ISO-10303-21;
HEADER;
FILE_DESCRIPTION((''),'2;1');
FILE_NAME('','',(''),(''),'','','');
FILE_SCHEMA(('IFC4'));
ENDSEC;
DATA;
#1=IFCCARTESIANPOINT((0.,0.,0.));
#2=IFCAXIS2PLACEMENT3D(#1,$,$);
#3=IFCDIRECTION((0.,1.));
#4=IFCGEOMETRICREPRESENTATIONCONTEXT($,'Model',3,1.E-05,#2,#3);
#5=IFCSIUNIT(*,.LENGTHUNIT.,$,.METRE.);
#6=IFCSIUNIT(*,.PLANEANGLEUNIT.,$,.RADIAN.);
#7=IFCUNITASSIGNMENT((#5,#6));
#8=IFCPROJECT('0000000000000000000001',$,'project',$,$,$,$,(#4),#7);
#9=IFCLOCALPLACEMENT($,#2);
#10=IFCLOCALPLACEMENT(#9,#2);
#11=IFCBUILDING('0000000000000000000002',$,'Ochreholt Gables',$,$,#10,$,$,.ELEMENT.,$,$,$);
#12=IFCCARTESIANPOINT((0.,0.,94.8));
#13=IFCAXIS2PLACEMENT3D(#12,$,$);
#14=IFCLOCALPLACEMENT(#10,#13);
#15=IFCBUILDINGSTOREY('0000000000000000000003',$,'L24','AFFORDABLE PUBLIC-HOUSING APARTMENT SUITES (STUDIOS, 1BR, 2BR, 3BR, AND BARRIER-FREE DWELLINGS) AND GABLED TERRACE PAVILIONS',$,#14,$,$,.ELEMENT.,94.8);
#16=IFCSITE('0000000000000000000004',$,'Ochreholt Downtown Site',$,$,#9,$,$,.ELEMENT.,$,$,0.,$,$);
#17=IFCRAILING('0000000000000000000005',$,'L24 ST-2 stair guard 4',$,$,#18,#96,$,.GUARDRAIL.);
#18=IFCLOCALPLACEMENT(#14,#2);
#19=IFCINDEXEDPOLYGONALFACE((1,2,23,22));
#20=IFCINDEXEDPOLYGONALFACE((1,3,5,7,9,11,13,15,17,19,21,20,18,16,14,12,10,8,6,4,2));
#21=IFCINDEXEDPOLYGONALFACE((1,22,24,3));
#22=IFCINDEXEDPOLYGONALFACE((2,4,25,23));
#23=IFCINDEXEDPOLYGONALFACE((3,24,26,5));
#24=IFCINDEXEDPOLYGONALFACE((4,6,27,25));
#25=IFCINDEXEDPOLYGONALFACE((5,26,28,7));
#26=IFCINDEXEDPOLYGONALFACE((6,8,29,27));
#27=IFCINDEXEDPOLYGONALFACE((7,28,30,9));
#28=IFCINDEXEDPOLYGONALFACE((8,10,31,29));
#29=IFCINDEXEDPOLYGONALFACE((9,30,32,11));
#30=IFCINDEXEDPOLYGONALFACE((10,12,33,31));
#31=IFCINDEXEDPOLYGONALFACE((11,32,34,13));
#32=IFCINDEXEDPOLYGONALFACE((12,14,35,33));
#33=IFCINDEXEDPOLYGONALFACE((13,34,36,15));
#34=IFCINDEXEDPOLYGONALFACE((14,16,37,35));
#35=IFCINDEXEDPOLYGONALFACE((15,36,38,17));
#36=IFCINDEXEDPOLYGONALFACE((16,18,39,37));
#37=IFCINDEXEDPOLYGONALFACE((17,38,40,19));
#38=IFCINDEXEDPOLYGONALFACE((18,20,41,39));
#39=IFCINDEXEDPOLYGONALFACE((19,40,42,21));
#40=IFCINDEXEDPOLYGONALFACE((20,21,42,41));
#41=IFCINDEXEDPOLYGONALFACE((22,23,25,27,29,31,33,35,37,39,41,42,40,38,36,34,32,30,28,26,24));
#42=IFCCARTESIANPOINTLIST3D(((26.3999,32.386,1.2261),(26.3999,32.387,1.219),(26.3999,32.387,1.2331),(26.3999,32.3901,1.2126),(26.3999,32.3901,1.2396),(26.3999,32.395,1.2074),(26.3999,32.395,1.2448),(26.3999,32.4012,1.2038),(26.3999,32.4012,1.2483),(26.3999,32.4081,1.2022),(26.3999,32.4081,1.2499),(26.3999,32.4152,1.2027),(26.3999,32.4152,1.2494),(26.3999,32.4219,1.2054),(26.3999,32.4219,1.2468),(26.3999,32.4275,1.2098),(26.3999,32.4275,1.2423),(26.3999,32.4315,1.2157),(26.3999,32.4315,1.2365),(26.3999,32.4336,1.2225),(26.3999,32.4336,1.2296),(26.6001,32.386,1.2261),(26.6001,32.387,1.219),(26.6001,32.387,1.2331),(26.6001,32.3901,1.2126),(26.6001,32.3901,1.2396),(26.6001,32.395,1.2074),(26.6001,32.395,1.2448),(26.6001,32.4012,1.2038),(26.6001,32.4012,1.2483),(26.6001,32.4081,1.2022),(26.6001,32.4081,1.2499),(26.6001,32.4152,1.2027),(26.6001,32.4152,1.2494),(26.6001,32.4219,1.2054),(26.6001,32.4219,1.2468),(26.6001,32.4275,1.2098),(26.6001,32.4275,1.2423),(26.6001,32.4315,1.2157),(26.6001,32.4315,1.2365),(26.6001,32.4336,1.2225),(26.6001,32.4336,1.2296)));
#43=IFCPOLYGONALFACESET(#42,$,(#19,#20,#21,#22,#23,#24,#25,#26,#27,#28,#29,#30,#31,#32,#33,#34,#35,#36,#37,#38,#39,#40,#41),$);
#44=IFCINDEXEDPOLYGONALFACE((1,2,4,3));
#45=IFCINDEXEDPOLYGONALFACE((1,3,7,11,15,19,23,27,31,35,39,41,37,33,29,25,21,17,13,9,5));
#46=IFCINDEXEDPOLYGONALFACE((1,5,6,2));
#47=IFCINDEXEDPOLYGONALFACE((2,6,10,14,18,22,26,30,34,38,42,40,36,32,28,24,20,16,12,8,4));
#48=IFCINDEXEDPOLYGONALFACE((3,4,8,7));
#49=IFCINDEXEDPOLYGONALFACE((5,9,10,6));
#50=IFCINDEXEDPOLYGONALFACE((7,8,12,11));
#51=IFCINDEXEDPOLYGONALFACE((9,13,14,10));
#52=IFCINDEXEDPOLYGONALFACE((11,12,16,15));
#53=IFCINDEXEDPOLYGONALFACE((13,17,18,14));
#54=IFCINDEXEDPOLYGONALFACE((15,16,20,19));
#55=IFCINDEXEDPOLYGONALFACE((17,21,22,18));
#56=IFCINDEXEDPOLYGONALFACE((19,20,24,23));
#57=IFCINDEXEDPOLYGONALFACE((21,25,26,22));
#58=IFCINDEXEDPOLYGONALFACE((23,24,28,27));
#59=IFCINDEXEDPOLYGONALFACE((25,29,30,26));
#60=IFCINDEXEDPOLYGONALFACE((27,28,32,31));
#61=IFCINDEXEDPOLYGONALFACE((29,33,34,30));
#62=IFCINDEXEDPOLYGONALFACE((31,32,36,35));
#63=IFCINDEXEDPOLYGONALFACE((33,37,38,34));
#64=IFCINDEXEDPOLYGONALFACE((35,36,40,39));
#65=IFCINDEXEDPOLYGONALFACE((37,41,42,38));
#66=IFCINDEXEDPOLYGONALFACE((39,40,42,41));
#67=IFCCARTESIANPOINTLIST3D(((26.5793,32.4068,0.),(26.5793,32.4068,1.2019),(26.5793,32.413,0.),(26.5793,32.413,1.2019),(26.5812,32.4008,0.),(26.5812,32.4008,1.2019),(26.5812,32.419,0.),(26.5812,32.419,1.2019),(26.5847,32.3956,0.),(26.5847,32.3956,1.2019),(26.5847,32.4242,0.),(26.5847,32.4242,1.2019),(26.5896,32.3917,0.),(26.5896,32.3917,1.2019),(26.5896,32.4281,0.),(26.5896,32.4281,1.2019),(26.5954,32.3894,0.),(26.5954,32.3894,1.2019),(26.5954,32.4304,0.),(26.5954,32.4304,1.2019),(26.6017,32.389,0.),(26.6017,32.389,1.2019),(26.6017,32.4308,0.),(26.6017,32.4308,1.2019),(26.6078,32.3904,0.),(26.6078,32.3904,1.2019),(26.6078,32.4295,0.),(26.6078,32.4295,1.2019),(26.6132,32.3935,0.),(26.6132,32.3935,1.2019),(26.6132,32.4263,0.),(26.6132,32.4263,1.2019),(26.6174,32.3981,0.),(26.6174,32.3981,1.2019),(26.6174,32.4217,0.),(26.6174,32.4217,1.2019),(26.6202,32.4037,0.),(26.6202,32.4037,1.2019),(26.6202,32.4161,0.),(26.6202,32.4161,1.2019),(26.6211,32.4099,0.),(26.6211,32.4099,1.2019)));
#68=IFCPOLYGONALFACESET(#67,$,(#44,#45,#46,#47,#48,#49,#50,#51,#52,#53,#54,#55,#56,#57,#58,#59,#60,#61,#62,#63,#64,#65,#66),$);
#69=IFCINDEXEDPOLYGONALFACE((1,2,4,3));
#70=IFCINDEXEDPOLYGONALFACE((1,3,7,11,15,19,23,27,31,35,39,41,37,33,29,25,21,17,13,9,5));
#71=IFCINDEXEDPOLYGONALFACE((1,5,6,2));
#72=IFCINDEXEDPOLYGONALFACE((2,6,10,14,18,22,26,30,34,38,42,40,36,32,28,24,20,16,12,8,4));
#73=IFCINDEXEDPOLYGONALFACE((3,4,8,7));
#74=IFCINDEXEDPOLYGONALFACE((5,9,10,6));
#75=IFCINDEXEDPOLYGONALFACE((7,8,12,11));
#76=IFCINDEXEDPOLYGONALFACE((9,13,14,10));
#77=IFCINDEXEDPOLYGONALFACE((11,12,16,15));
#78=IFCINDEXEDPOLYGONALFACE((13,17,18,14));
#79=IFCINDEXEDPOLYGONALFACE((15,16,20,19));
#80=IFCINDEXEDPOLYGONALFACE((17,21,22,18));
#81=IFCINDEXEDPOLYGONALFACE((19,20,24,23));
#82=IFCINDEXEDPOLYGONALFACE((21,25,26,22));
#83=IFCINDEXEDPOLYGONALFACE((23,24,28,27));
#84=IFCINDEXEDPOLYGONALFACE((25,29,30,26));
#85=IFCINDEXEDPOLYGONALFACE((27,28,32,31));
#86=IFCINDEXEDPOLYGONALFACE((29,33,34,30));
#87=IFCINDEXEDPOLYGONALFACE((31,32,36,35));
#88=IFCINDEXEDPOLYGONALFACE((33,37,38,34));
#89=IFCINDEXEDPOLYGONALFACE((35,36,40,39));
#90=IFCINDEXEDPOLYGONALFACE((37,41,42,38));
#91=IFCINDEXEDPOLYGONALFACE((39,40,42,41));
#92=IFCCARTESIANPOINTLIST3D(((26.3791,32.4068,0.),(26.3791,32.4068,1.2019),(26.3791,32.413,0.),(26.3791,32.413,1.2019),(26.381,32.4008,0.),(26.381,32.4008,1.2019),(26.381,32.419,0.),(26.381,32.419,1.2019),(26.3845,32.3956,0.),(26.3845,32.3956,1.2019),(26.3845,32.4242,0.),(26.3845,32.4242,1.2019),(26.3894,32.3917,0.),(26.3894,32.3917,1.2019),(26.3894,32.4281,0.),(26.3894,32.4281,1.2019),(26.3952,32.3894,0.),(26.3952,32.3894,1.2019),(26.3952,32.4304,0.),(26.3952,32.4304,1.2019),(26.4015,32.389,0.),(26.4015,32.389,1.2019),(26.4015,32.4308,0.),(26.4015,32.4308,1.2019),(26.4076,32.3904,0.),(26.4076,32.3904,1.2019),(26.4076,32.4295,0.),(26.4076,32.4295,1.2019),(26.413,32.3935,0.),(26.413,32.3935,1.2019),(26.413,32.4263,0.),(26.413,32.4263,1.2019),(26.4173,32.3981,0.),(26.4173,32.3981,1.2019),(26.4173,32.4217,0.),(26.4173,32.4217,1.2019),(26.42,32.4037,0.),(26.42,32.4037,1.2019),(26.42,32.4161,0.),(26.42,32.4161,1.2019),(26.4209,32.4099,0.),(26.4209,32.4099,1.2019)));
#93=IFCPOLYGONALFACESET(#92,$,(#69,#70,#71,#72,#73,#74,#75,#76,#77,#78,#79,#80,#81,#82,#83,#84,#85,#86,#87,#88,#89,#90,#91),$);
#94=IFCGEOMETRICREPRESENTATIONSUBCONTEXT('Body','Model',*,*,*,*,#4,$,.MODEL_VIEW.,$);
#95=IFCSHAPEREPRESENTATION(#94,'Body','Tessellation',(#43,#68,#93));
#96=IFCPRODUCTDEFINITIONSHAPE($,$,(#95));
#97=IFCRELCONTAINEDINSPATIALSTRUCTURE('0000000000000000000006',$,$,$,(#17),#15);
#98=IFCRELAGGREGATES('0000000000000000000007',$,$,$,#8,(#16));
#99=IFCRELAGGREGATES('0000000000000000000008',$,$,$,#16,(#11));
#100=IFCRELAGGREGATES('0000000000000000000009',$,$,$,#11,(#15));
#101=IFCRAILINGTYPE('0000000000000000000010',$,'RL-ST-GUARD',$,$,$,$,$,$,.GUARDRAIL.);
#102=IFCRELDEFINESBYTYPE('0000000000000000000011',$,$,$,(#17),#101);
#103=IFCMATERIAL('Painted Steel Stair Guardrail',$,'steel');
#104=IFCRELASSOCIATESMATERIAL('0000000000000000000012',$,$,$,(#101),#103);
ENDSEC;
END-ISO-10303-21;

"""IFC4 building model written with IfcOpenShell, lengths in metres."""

from ifc_helpers import new_model, si_unit, direction, frame, origin, origin_2d, place, context, subcontext, project, spatial, circle, extrude, material, type_object, element, save


model = new_model("IFC4")

# Units and contexts
model_context = context("Model", 3, precision=1e-05, world=origin(), true_north=direction((0.0, 1.0)))
body_context = subcontext(model_context, "Body", "Model", "MODEL_VIEW")
ifc_project = project(units=[si_unit("LENGTHUNIT", "METRE"), si_unit("PLANEANGLEUNIT", "RADIAN")], contexts=[model_context])

# Site, building, storey
site_placement = place(None, origin())
site = spatial("IfcSite", under=ifc_project, at=site_placement, Name="Ochreholt Downtown Site", CompositionType="ELEMENT", RefElevation=0.0)
building_placement = place(site_placement, origin())
building = spatial("IfcBuilding", under=site, at=building_placement, Name="Ochreholt Gables", CompositionType="ELEMENT")
storey_placement = place(building_placement, frame((0.0, 0.0, 94.8)))
storey = spatial("IfcBuildingStorey", under=building, at=storey_placement, Name="L24", Description="AFFORDABLE PUBLIC-HOUSING APARTMENT SUITES (STUDIOS, 1BR, 2BR, 3BR, AND BARRIER-FREE DWELLINGS) AND GABLED TERRACE PAVILIONS", CompositionType="ELEMENT", Elevation=94.8)

# Railing
ifc_material_1 = material(Name="Painted Steel Stair Guardrail", Category="steel")
railing_type_1 = type_object("IfcRailingType", Name="RL-ST-GUARD", PredefinedType="GUARDRAIL", material=ifc_material_1)
railing_1_placement = place(storey_placement, frame((26.6001, 32.4099, 0.0)))
element("IfcRailing", 1, at=railing_1_placement, inside=storey, type_object=railing_type_1, Name="L24 ST-2 stair guard 4", PredefinedType="GUARDRAIL", context=body_context, shape_type="SweptSolid", body=[
    extrude(circle(Radius=0.0239, at=origin_2d()), frame((0.0, 0.0, 1.2261), z_axis=(-1.0, 0.0, 0.0), x_axis=(0.0, -1.0, 0.0)), (0.0, 0.0, 1.0), 0.2002),
    extrude(circle(Radius=0.021, at=origin_2d()), origin(), (0.0, 0.0, 1.0), 1.2019),
    extrude(circle(Radius=0.021, at=origin_2d()), frame((-0.2002, 0.0, 0.0)), (0.0, 0.0, 1.0), 1.2019),
])

save(model, "model.ifc")
